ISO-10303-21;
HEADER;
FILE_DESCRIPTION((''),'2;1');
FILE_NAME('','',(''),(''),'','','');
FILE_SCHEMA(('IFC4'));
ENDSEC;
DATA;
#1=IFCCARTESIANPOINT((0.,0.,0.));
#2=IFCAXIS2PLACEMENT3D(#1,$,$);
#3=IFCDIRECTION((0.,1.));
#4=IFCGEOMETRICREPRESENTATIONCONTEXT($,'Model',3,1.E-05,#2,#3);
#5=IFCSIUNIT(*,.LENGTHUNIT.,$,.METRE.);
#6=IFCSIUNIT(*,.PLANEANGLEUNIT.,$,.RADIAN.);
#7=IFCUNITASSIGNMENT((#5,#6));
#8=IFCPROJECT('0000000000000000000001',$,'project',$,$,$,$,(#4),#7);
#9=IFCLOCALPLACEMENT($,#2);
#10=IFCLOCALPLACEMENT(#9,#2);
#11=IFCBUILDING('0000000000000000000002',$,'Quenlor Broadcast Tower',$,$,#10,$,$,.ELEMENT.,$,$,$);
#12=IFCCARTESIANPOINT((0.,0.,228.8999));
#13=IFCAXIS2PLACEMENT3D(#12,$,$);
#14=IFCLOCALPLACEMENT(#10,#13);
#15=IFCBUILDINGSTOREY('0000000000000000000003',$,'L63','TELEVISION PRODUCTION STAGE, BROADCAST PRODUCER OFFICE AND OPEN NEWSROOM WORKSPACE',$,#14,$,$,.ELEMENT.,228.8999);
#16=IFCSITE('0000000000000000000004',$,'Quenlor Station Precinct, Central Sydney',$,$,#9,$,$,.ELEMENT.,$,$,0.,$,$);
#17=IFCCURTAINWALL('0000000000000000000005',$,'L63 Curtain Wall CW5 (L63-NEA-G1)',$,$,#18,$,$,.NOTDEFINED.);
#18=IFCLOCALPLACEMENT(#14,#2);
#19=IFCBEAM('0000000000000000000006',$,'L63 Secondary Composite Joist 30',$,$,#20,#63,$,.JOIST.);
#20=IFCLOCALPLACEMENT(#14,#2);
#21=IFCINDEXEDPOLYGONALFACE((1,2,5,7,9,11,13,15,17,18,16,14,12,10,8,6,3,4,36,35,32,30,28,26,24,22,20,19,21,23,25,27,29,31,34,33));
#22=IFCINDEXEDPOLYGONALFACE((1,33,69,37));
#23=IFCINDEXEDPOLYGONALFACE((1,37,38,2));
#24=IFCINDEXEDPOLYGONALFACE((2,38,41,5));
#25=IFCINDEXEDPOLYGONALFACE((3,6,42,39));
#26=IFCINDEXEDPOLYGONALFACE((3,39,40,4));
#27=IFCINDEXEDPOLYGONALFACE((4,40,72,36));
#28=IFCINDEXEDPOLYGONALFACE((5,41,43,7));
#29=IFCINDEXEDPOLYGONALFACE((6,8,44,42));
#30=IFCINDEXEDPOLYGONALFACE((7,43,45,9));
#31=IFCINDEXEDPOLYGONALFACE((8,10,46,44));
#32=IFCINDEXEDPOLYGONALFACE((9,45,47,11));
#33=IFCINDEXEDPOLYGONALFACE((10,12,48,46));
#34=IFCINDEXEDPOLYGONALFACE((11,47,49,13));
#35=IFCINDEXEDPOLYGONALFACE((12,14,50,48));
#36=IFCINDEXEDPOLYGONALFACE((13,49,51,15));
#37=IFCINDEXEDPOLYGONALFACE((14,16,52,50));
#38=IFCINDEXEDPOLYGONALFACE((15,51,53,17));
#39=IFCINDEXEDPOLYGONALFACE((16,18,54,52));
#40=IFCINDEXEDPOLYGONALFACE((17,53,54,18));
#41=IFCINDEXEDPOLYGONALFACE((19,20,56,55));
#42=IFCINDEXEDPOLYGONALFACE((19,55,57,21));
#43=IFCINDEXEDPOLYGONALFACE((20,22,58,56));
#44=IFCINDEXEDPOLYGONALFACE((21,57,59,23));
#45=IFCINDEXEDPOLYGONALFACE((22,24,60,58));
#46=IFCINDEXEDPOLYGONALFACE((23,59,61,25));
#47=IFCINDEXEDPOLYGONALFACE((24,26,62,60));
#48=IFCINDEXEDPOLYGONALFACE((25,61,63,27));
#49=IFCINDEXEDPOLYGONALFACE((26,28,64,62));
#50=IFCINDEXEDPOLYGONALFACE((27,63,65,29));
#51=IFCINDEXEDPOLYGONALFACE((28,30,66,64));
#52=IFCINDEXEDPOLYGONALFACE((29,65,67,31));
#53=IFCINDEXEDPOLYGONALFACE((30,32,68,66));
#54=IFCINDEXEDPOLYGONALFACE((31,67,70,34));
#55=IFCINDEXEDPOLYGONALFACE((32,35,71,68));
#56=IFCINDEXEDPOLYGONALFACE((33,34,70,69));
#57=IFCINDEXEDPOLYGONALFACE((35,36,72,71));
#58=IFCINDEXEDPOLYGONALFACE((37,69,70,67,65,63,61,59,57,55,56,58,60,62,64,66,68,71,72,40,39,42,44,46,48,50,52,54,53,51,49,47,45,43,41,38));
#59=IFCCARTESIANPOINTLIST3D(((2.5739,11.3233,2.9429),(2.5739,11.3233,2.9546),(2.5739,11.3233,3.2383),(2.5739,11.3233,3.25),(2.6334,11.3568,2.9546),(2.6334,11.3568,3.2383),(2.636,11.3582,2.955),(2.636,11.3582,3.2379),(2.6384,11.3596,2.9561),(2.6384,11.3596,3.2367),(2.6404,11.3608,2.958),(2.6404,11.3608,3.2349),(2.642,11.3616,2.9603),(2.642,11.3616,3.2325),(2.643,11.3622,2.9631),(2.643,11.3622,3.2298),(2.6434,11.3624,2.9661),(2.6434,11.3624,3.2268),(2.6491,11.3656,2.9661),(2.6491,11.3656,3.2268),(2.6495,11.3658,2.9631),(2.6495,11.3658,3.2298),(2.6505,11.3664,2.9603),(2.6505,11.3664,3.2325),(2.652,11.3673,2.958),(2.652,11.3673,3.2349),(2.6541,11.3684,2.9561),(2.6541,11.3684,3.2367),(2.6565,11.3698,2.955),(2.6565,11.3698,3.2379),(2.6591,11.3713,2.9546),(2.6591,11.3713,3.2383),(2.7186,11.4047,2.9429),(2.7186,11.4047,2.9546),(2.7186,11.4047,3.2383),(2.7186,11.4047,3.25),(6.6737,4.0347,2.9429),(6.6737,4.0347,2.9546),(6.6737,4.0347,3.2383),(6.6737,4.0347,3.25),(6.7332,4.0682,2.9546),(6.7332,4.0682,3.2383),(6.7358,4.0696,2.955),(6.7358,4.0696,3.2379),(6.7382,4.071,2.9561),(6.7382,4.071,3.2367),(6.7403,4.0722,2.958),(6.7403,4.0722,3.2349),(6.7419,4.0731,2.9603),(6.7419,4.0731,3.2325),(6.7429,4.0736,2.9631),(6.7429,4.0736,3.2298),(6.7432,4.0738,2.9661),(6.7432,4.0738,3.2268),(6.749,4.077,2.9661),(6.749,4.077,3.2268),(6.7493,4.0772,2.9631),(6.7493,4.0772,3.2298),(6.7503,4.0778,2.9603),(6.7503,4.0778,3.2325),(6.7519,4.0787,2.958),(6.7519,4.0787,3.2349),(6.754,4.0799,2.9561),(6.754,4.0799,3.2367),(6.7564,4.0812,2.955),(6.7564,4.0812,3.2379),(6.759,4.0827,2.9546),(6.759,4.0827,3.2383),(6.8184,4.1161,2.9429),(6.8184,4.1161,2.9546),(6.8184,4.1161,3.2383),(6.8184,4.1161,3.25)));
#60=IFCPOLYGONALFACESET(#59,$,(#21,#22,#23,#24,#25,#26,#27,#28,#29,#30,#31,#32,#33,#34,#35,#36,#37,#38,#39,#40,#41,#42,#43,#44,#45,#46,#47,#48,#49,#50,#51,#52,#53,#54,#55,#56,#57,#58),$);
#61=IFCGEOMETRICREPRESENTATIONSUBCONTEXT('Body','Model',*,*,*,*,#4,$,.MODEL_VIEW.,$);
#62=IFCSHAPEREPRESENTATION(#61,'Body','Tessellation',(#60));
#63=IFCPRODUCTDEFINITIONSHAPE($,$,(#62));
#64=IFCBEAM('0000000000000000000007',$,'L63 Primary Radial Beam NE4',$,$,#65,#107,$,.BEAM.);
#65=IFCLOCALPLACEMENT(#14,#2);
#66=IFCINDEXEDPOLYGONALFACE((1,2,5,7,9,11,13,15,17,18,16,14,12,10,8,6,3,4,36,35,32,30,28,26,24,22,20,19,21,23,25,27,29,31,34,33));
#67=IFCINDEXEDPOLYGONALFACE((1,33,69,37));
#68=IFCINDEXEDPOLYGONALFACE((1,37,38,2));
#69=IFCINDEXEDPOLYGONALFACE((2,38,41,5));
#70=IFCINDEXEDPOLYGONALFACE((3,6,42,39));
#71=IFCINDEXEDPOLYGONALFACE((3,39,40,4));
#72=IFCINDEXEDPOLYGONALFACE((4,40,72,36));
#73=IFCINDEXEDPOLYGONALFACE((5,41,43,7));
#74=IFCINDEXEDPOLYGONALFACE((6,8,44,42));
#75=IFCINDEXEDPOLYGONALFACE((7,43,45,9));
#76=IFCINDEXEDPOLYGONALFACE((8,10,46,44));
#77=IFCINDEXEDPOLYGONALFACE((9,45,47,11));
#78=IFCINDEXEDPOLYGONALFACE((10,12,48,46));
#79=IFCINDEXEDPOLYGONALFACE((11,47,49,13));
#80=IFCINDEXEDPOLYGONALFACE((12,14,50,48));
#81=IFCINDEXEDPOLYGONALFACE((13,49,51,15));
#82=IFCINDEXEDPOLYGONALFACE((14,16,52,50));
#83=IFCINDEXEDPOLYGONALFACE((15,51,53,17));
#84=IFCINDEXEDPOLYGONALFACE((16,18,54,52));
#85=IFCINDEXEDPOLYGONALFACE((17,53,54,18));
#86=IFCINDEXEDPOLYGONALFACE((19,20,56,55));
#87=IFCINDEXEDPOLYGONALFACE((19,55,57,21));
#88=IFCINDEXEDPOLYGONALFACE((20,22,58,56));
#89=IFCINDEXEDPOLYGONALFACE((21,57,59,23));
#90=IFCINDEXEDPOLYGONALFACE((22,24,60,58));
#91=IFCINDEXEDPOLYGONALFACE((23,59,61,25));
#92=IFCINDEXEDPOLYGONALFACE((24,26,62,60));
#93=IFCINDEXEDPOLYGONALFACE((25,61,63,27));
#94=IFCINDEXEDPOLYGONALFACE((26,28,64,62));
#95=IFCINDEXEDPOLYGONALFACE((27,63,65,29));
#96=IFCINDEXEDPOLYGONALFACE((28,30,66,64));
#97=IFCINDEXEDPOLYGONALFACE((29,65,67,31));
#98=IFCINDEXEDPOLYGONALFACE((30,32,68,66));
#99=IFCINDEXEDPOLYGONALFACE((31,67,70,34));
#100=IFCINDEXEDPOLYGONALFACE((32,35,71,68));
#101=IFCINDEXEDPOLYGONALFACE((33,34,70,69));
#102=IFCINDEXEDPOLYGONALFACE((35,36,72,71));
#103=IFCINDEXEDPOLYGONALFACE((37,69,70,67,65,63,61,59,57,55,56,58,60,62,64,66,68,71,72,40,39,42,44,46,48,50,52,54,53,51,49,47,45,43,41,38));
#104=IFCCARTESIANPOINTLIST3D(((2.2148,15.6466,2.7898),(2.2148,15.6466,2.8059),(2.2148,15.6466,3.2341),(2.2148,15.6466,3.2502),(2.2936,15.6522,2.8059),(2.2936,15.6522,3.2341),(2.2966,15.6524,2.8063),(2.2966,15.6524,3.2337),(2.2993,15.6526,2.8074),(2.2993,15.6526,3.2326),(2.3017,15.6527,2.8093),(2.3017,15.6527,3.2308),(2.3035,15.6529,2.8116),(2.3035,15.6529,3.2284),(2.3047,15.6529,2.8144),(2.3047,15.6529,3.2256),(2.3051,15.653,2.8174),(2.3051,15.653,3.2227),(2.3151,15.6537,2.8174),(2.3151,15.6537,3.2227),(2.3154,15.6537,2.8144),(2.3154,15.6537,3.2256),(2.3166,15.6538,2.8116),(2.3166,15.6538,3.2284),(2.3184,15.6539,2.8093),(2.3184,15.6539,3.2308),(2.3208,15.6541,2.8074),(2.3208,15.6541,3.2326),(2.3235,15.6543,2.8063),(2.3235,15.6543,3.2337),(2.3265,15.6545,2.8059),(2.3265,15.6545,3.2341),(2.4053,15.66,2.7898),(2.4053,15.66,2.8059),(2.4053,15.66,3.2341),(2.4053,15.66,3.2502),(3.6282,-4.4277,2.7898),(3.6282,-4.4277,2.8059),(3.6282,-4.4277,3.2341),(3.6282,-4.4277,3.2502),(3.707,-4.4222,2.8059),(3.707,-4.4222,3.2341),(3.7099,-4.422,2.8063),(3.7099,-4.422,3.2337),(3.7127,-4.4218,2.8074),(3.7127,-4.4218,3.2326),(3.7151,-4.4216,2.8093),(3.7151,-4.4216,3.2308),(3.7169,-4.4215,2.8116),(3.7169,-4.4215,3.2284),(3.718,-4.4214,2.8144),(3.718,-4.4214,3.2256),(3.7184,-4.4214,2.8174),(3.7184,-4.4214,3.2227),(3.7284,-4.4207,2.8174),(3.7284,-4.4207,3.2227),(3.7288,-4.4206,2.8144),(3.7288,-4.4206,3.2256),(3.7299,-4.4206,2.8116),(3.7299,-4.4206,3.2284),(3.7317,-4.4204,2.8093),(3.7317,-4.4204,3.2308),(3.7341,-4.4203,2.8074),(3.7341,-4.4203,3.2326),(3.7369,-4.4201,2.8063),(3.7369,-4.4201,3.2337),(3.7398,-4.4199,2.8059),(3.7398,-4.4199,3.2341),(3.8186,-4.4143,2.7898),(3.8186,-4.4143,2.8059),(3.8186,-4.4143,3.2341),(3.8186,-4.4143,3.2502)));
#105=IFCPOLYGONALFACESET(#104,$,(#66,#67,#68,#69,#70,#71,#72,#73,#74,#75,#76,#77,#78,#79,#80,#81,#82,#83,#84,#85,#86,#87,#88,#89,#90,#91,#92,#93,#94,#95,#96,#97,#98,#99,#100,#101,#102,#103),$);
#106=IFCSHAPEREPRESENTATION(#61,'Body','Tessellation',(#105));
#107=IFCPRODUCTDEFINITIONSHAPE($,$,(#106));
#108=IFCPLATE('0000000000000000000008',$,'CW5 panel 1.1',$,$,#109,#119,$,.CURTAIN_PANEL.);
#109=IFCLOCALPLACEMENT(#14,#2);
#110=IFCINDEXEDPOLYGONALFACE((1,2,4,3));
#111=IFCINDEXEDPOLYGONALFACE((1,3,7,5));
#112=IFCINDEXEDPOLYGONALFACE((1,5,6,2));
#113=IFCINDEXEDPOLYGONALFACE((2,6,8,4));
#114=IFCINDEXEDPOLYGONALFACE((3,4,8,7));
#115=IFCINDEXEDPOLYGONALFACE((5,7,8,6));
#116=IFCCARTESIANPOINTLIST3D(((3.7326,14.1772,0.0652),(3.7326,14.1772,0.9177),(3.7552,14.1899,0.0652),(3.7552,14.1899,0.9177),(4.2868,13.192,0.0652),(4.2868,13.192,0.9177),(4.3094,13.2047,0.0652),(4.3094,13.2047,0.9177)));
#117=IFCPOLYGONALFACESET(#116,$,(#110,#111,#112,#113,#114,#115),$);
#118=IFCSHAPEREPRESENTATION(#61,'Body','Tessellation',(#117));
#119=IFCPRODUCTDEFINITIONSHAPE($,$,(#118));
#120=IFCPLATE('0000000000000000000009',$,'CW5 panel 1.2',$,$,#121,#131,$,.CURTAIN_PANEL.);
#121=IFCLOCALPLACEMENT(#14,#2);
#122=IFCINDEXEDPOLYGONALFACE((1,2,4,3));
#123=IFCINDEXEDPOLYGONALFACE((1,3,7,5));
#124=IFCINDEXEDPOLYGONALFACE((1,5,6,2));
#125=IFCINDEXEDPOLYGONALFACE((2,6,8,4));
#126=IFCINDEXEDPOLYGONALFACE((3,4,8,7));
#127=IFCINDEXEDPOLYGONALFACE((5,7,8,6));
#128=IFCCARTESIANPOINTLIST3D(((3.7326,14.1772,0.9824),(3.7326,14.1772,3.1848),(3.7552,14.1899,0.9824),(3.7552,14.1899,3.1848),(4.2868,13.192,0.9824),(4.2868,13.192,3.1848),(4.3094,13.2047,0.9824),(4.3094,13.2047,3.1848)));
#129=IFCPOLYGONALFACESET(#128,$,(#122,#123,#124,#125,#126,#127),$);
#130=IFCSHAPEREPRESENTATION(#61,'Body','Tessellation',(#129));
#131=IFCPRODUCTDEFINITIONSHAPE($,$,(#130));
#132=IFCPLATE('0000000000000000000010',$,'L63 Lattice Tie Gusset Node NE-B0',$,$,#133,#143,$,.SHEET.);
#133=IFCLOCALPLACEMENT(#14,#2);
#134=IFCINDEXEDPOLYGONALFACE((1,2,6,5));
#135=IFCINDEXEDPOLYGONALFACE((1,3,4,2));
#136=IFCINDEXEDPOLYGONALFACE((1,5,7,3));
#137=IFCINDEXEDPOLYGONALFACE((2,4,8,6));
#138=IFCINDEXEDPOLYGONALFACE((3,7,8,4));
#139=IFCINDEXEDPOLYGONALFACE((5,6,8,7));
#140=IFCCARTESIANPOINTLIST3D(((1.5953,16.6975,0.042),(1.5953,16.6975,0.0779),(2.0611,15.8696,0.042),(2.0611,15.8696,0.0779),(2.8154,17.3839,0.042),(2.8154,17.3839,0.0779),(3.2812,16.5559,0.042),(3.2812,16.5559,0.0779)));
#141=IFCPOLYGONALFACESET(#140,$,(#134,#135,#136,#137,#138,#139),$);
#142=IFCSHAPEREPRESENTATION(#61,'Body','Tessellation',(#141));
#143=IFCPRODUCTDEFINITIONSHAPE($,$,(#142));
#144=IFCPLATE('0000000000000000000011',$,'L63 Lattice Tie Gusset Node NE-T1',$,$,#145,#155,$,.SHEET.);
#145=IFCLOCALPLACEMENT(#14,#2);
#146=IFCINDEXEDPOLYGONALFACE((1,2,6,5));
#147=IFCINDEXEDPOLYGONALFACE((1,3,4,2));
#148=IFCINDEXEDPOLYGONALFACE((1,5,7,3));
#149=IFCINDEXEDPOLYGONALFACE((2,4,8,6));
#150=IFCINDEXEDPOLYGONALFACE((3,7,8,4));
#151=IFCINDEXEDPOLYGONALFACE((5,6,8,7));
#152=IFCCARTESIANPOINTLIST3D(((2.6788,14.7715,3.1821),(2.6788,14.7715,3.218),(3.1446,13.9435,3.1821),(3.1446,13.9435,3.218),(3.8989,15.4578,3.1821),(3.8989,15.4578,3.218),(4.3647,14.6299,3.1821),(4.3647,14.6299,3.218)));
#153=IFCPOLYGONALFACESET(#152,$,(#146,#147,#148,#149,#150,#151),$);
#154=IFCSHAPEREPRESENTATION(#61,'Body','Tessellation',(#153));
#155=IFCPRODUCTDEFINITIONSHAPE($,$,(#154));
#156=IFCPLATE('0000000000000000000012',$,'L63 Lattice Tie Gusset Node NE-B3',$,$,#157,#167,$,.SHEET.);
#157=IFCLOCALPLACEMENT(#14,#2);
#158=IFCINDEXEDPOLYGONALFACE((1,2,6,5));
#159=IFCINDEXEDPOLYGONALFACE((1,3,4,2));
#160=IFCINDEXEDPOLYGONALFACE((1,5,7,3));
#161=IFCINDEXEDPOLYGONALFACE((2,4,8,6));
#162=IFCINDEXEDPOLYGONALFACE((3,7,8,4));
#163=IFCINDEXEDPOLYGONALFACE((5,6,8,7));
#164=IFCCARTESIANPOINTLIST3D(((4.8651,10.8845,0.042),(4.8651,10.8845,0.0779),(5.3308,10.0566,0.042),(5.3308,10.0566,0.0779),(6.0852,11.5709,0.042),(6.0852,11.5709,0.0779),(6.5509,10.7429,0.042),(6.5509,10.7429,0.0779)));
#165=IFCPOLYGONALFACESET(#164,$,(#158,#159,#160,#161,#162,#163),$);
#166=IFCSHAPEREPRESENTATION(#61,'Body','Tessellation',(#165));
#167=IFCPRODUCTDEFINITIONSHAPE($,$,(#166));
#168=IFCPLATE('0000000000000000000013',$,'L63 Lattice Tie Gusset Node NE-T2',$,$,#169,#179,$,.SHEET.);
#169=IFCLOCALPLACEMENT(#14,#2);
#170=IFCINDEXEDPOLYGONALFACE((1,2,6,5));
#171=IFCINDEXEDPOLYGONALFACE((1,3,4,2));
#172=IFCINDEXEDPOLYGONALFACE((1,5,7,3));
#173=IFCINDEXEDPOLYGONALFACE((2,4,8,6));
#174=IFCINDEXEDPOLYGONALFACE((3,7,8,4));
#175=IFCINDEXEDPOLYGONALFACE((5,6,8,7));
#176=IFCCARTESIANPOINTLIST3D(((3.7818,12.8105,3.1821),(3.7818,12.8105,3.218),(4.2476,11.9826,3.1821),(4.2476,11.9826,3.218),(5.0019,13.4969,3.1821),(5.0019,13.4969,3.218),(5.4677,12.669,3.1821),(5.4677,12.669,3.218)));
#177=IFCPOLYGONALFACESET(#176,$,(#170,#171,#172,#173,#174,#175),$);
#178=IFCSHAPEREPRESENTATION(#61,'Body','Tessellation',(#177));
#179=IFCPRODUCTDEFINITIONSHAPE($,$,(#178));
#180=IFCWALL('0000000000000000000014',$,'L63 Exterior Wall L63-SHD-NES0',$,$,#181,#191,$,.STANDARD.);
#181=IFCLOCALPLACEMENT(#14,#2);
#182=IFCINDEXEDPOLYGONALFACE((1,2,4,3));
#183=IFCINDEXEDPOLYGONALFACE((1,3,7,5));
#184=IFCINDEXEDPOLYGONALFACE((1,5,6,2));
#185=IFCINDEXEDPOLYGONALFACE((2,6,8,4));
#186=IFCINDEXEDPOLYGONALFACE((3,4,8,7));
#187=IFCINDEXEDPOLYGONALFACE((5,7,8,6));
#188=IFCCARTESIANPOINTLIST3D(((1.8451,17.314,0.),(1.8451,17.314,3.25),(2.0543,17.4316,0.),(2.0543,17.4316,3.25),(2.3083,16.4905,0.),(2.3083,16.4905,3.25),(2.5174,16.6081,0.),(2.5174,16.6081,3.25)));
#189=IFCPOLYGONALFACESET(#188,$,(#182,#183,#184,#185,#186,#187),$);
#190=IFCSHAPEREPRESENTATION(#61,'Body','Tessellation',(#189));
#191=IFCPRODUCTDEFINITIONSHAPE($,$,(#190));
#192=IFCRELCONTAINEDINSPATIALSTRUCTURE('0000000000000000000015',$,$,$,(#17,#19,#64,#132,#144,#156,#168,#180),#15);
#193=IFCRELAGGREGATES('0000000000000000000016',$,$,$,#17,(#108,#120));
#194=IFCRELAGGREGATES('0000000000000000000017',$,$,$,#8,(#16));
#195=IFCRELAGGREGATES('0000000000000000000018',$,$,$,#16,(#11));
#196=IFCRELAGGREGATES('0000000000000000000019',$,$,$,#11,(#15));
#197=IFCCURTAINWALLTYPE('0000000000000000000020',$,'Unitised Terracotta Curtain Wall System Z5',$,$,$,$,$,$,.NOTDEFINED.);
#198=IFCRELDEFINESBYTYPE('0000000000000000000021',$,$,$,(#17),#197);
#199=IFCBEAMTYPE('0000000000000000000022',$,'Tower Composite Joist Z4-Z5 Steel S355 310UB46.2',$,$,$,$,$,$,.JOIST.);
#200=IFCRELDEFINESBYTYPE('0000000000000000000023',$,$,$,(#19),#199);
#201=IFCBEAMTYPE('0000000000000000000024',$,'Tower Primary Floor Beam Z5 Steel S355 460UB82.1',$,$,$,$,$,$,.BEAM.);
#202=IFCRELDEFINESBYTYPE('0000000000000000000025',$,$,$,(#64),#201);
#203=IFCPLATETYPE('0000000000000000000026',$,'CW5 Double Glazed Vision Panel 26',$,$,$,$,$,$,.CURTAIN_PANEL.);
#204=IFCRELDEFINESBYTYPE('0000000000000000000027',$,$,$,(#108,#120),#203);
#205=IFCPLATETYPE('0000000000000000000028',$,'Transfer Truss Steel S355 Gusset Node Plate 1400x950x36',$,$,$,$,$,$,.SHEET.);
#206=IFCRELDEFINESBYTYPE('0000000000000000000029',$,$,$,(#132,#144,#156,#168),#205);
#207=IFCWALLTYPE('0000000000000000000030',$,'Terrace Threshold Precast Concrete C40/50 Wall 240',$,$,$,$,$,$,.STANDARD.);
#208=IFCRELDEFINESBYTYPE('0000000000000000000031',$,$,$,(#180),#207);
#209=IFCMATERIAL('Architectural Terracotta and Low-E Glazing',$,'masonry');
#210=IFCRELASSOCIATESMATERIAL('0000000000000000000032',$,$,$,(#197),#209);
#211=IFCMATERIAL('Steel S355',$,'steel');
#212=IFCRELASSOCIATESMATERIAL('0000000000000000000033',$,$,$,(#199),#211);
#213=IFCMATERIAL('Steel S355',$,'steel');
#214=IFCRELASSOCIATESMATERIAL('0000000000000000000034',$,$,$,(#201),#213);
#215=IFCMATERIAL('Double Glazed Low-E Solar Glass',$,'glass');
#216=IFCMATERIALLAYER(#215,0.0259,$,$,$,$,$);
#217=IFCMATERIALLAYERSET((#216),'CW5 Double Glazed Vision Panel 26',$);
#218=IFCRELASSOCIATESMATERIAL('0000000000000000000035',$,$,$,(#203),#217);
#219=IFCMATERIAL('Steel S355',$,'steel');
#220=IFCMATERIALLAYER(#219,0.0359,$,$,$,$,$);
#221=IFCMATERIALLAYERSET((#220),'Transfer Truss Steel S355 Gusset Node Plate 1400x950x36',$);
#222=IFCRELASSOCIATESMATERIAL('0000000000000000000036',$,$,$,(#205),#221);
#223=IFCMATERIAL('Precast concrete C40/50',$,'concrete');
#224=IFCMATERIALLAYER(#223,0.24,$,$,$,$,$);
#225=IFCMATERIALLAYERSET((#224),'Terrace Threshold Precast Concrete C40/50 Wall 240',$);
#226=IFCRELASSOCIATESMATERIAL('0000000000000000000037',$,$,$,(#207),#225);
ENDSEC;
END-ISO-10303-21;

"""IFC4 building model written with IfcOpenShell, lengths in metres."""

from ifc_helpers import new_model, si_unit, direction, frame, frame_2d, origin, origin_2d, place, context, subcontext, project, spatial, rectangle, i_section, extrude, material, layer, layer_set, material_profile, profile_set, type_object, element, aggregate, save


model = new_model("IFC4")

# Units and contexts
model_context = context("Model", 3, precision=1e-05, world=origin(), true_north=direction((0.0, 1.0)))
body_context = subcontext(model_context, "Body", "Model", "MODEL_VIEW")
ifc_project = project(units=[si_unit("LENGTHUNIT", "METRE"), si_unit("PLANEANGLEUNIT", "RADIAN")], contexts=[model_context])

# Site, building, storey
site_placement = place(None, origin())
site = spatial("IfcSite", under=ifc_project, at=site_placement, Name="Quenlor Station Precinct, Central Sydney", CompositionType="ELEMENT", RefElevation=0.0)
building_placement = place(site_placement, origin())
building = spatial("IfcBuilding", under=site, at=building_placement, Name="Quenlor Broadcast Tower", CompositionType="ELEMENT")
storey_placement = place(building_placement, frame((0.0, 0.0, 228.8999)))
storey = spatial("IfcBuildingStorey", under=building, at=storey_placement, Name="L63", Description="TELEVISION PRODUCTION STAGE, BROADCAST PRODUCER OFFICE AND OPEN NEWSROOM WORKSPACE", CompositionType="ELEMENT", Elevation=228.8999)

# Curtain wall
ifc_material_1 = material(Name="Architectural Terracotta and Low-E Glazing", Category="masonry")
curtain_wall_type = type_object("IfcCurtainWallType", Name="Unitised Terracotta Curtain Wall System Z5", PredefinedType="NOTDEFINED", material=ifc_material_1)
curtain_wall_placement = place(storey_placement, origin())
curtain_wall = element("IfcCurtainWall", 1, at=curtain_wall_placement, inside=storey, type_object=curtain_wall_type, Name="L63 Curtain Wall CW5 (L63-NEA-G1)", PredefinedType="NOTDEFINED")

# Beams
ifc_material_2 = material(Name="Steel S355", Category="steel")
ifc_material_profile_1 = material_profile(ifc_material_2, i_section(OverallWidth=0.166, OverallDepth=0.3071, WebThickness=0.0066, FlangeThickness=0.0117, FilletRadius=0.0115, at=origin_2d()))
ifc_profile_set_1 = profile_set([ifc_material_profile_1], Name="Steel S355 310UB46.2")
beam_type_1 = type_object("IfcBeamType", Name="Tower Composite Joist Z4-Z5 Steel S355 310UB46.2", PredefinedType="JOIST", material=ifc_profile_set_1)
beam_1_placement = place(storey_placement, frame((2.6462, 11.364, 3.0964), z_axis=(0.490264, -0.871574, 0.0), x_axis=(0.871574, 0.490264, 0.0)))
element("IfcBeam", 2, at=beam_1_placement, inside=storey, type_object=beam_type_1, Name="L63 Secondary Composite Joist 30", PredefinedType="JOIST", context=body_context, shape_type="SweptSolid", body=[
    extrude(i_section(OverallWidth=0.166, OverallDepth=0.3071, WebThickness=0.0066, FlangeThickness=0.0117, FilletRadius=0.0115, at=origin_2d()), origin(), (0.0, 0.0, 1.0), 8.3625),
])
ifc_material_3 = material(Name="Steel S355", Category="steel")
ifc_material_profile_2 = material_profile(ifc_material_3, i_section(OverallWidth=0.1909, OverallDepth=0.4604, WebThickness=0.01, FlangeThickness=0.0161, FilletRadius=0.0115, at=origin_2d()))
ifc_profile_set_2 = profile_set([ifc_material_profile_2], Name="Steel S355 460UB82.1")
beam_type_2 = type_object("IfcBeamType", Name="Tower Primary Floor Beam Z5 Steel S355 460UB82.1", PredefinedType="BEAM", material=ifc_profile_set_2)
beam_2_placement = place(storey_placement, frame((2.3101, 15.6533, 3.02), z_axis=(0.070231, -0.997531, 0.0), x_axis=(0.997531, 0.070231, 0.0)))
element("IfcBeam", 3, at=beam_2_placement, inside=storey, type_object=beam_type_2, Name="L63 Primary Radial Beam NE4", PredefinedType="BEAM", context=body_context, shape_type="SweptSolid", body=[
    extrude(i_section(OverallWidth=0.1909, OverallDepth=0.4604, WebThickness=0.01, FlangeThickness=0.0161, FilletRadius=0.0115, at=origin_2d()), origin(), (0.0, 0.0, 1.0), 20.124),
])

# Plates
ifc_material_4 = material(Name="Double Glazed Low-E Solar Glass", Category="glass")
ifc_layer_1 = layer(ifc_material_4, 0.0259)
ifc_layer_set_1 = layer_set([ifc_layer_1], Name="CW5 Double Glazed Vision Panel 26")
plate_type_1 = type_object("IfcPlateType", Name="CW5 Double Glazed Vision Panel 26", PredefinedType="CURTAIN_PANEL", material=ifc_layer_set_1)
plate_1_placement = place(storey_placement, frame((4.021, 13.6909, 0.0652), z_axis=(0.0, 0.0, 1.0), x_axis=(0.490291, -0.871559, 0.0)))
plate_1 = element("IfcPlate", 4, at=plate_1_placement, type_object=plate_type_1, Name="CW5 panel 1.1", PredefinedType="CURTAIN_PANEL", context=body_context, shape_type="SweptSolid", body=[
    extrude(rectangle(XDim=1.1304, YDim=0.0259, at=origin_2d()), origin(), (0.0, 0.0, 1.0), 0.8525),
])
plate_2_placement = place(storey_placement, frame((4.021, 13.6909, 0.9824), z_axis=(0.0, 0.0, 1.0), x_axis=(0.490291, -0.871559, 0.0)))
plate_2 = element("IfcPlate", 5, at=plate_2_placement, type_object=plate_type_1, Name="CW5 panel 1.2", PredefinedType="CURTAIN_PANEL", context=body_context, shape_type="SweptSolid", body=[
    extrude(rectangle(XDim=1.1304, YDim=0.0259, at=origin_2d()), origin(), (0.0, 0.0, 1.0), 2.2024),
])
aggregate(curtain_wall, [plate_1, plate_2])

# Plates
ifc_material_5 = material(Name="Steel S355", Category="steel")
ifc_layer_2 = layer(ifc_material_5, 0.0359)
ifc_layer_set_2 = layer_set([ifc_layer_2], Name="Transfer Truss Steel S355 Gusset Node Plate 1400x950x36")
plate_type_2 = type_object("IfcPlateType", Name="Transfer Truss Steel S355 Gusset Node Plate 1400x950x36", PredefinedType="SHEET", material=ifc_layer_set_2)
for number, where, z_axis, x_axis, name in (
    (6, (2.4382, 16.6267, 0.042), (0.0, 0.0, 1.0), (0.871556, 0.490295, 0.0), "L63 Lattice Tie Gusset Node NE-B0"),
    (7, (3.5217, 14.7007, 3.1821), (0.0, 0.0, 1.0), (0.871556, 0.490295, 0.0), "L63 Lattice Tie Gusset Node NE-T1"),
    (8, (5.708, 10.8137, 0.042), (0.0, 0.0, 1.0), (0.871556, 0.490295, 0.0), "L63 Lattice Tie Gusset Node NE-B3"),
    (9, (4.6248, 12.7397, 3.1821), (0.0, 0.0, 1.0), (0.871556, 0.490295, 0.0), "L63 Lattice Tie Gusset Node NE-T2"),
):
    element("IfcPlate", number, at=place(storey_placement, frame(where, z_axis=z_axis, x_axis=x_axis)), inside=storey, type_object=plate_type_2, Name=name, PredefinedType="SHEET", context=body_context, shape_type="SweptSolid", body=[
        extrude(rectangle(XDim=1.3999, YDim=0.95, at=origin_2d()), origin(), (0.0, 0.0, 1.0), 0.0359),
    ])

# Wall
ifc_material_6 = material(Name="Precast concrete C40/50", Category="concrete")
ifc_layer_3 = layer(ifc_material_6, 0.24)
ifc_layer_set_3 = layer_set([ifc_layer_3], Name="Terrace Threshold Precast Concrete C40/50 Wall 240")
wall_type_1 = type_object("IfcWallType", Name="Terrace Threshold Precast Concrete C40/50 Wall 240", PredefinedType="STANDARD", material=ifc_layer_set_3)
wall_1_placement = place(storey_placement, frame((1.9497, 17.3728, 0.0), z_axis=(0.0, 0.0, 1.0), x_axis=(0.4902, -0.87161, 0.0)))
element("IfcWall", 10, at=wall_1_placement, inside=storey, type_object=wall_type_1, Name="L63 Exterior Wall L63-SHD-NES0", PredefinedType="STANDARD", context=body_context, shape_type="SweptSolid", body=[
    extrude(rectangle(XDim=0.9448, YDim=0.24, at=frame_2d((0.4724, 0.0))), origin(), (0.0, 0.0, 1.0), 3.25),
])

save(model, "model.ifc")
